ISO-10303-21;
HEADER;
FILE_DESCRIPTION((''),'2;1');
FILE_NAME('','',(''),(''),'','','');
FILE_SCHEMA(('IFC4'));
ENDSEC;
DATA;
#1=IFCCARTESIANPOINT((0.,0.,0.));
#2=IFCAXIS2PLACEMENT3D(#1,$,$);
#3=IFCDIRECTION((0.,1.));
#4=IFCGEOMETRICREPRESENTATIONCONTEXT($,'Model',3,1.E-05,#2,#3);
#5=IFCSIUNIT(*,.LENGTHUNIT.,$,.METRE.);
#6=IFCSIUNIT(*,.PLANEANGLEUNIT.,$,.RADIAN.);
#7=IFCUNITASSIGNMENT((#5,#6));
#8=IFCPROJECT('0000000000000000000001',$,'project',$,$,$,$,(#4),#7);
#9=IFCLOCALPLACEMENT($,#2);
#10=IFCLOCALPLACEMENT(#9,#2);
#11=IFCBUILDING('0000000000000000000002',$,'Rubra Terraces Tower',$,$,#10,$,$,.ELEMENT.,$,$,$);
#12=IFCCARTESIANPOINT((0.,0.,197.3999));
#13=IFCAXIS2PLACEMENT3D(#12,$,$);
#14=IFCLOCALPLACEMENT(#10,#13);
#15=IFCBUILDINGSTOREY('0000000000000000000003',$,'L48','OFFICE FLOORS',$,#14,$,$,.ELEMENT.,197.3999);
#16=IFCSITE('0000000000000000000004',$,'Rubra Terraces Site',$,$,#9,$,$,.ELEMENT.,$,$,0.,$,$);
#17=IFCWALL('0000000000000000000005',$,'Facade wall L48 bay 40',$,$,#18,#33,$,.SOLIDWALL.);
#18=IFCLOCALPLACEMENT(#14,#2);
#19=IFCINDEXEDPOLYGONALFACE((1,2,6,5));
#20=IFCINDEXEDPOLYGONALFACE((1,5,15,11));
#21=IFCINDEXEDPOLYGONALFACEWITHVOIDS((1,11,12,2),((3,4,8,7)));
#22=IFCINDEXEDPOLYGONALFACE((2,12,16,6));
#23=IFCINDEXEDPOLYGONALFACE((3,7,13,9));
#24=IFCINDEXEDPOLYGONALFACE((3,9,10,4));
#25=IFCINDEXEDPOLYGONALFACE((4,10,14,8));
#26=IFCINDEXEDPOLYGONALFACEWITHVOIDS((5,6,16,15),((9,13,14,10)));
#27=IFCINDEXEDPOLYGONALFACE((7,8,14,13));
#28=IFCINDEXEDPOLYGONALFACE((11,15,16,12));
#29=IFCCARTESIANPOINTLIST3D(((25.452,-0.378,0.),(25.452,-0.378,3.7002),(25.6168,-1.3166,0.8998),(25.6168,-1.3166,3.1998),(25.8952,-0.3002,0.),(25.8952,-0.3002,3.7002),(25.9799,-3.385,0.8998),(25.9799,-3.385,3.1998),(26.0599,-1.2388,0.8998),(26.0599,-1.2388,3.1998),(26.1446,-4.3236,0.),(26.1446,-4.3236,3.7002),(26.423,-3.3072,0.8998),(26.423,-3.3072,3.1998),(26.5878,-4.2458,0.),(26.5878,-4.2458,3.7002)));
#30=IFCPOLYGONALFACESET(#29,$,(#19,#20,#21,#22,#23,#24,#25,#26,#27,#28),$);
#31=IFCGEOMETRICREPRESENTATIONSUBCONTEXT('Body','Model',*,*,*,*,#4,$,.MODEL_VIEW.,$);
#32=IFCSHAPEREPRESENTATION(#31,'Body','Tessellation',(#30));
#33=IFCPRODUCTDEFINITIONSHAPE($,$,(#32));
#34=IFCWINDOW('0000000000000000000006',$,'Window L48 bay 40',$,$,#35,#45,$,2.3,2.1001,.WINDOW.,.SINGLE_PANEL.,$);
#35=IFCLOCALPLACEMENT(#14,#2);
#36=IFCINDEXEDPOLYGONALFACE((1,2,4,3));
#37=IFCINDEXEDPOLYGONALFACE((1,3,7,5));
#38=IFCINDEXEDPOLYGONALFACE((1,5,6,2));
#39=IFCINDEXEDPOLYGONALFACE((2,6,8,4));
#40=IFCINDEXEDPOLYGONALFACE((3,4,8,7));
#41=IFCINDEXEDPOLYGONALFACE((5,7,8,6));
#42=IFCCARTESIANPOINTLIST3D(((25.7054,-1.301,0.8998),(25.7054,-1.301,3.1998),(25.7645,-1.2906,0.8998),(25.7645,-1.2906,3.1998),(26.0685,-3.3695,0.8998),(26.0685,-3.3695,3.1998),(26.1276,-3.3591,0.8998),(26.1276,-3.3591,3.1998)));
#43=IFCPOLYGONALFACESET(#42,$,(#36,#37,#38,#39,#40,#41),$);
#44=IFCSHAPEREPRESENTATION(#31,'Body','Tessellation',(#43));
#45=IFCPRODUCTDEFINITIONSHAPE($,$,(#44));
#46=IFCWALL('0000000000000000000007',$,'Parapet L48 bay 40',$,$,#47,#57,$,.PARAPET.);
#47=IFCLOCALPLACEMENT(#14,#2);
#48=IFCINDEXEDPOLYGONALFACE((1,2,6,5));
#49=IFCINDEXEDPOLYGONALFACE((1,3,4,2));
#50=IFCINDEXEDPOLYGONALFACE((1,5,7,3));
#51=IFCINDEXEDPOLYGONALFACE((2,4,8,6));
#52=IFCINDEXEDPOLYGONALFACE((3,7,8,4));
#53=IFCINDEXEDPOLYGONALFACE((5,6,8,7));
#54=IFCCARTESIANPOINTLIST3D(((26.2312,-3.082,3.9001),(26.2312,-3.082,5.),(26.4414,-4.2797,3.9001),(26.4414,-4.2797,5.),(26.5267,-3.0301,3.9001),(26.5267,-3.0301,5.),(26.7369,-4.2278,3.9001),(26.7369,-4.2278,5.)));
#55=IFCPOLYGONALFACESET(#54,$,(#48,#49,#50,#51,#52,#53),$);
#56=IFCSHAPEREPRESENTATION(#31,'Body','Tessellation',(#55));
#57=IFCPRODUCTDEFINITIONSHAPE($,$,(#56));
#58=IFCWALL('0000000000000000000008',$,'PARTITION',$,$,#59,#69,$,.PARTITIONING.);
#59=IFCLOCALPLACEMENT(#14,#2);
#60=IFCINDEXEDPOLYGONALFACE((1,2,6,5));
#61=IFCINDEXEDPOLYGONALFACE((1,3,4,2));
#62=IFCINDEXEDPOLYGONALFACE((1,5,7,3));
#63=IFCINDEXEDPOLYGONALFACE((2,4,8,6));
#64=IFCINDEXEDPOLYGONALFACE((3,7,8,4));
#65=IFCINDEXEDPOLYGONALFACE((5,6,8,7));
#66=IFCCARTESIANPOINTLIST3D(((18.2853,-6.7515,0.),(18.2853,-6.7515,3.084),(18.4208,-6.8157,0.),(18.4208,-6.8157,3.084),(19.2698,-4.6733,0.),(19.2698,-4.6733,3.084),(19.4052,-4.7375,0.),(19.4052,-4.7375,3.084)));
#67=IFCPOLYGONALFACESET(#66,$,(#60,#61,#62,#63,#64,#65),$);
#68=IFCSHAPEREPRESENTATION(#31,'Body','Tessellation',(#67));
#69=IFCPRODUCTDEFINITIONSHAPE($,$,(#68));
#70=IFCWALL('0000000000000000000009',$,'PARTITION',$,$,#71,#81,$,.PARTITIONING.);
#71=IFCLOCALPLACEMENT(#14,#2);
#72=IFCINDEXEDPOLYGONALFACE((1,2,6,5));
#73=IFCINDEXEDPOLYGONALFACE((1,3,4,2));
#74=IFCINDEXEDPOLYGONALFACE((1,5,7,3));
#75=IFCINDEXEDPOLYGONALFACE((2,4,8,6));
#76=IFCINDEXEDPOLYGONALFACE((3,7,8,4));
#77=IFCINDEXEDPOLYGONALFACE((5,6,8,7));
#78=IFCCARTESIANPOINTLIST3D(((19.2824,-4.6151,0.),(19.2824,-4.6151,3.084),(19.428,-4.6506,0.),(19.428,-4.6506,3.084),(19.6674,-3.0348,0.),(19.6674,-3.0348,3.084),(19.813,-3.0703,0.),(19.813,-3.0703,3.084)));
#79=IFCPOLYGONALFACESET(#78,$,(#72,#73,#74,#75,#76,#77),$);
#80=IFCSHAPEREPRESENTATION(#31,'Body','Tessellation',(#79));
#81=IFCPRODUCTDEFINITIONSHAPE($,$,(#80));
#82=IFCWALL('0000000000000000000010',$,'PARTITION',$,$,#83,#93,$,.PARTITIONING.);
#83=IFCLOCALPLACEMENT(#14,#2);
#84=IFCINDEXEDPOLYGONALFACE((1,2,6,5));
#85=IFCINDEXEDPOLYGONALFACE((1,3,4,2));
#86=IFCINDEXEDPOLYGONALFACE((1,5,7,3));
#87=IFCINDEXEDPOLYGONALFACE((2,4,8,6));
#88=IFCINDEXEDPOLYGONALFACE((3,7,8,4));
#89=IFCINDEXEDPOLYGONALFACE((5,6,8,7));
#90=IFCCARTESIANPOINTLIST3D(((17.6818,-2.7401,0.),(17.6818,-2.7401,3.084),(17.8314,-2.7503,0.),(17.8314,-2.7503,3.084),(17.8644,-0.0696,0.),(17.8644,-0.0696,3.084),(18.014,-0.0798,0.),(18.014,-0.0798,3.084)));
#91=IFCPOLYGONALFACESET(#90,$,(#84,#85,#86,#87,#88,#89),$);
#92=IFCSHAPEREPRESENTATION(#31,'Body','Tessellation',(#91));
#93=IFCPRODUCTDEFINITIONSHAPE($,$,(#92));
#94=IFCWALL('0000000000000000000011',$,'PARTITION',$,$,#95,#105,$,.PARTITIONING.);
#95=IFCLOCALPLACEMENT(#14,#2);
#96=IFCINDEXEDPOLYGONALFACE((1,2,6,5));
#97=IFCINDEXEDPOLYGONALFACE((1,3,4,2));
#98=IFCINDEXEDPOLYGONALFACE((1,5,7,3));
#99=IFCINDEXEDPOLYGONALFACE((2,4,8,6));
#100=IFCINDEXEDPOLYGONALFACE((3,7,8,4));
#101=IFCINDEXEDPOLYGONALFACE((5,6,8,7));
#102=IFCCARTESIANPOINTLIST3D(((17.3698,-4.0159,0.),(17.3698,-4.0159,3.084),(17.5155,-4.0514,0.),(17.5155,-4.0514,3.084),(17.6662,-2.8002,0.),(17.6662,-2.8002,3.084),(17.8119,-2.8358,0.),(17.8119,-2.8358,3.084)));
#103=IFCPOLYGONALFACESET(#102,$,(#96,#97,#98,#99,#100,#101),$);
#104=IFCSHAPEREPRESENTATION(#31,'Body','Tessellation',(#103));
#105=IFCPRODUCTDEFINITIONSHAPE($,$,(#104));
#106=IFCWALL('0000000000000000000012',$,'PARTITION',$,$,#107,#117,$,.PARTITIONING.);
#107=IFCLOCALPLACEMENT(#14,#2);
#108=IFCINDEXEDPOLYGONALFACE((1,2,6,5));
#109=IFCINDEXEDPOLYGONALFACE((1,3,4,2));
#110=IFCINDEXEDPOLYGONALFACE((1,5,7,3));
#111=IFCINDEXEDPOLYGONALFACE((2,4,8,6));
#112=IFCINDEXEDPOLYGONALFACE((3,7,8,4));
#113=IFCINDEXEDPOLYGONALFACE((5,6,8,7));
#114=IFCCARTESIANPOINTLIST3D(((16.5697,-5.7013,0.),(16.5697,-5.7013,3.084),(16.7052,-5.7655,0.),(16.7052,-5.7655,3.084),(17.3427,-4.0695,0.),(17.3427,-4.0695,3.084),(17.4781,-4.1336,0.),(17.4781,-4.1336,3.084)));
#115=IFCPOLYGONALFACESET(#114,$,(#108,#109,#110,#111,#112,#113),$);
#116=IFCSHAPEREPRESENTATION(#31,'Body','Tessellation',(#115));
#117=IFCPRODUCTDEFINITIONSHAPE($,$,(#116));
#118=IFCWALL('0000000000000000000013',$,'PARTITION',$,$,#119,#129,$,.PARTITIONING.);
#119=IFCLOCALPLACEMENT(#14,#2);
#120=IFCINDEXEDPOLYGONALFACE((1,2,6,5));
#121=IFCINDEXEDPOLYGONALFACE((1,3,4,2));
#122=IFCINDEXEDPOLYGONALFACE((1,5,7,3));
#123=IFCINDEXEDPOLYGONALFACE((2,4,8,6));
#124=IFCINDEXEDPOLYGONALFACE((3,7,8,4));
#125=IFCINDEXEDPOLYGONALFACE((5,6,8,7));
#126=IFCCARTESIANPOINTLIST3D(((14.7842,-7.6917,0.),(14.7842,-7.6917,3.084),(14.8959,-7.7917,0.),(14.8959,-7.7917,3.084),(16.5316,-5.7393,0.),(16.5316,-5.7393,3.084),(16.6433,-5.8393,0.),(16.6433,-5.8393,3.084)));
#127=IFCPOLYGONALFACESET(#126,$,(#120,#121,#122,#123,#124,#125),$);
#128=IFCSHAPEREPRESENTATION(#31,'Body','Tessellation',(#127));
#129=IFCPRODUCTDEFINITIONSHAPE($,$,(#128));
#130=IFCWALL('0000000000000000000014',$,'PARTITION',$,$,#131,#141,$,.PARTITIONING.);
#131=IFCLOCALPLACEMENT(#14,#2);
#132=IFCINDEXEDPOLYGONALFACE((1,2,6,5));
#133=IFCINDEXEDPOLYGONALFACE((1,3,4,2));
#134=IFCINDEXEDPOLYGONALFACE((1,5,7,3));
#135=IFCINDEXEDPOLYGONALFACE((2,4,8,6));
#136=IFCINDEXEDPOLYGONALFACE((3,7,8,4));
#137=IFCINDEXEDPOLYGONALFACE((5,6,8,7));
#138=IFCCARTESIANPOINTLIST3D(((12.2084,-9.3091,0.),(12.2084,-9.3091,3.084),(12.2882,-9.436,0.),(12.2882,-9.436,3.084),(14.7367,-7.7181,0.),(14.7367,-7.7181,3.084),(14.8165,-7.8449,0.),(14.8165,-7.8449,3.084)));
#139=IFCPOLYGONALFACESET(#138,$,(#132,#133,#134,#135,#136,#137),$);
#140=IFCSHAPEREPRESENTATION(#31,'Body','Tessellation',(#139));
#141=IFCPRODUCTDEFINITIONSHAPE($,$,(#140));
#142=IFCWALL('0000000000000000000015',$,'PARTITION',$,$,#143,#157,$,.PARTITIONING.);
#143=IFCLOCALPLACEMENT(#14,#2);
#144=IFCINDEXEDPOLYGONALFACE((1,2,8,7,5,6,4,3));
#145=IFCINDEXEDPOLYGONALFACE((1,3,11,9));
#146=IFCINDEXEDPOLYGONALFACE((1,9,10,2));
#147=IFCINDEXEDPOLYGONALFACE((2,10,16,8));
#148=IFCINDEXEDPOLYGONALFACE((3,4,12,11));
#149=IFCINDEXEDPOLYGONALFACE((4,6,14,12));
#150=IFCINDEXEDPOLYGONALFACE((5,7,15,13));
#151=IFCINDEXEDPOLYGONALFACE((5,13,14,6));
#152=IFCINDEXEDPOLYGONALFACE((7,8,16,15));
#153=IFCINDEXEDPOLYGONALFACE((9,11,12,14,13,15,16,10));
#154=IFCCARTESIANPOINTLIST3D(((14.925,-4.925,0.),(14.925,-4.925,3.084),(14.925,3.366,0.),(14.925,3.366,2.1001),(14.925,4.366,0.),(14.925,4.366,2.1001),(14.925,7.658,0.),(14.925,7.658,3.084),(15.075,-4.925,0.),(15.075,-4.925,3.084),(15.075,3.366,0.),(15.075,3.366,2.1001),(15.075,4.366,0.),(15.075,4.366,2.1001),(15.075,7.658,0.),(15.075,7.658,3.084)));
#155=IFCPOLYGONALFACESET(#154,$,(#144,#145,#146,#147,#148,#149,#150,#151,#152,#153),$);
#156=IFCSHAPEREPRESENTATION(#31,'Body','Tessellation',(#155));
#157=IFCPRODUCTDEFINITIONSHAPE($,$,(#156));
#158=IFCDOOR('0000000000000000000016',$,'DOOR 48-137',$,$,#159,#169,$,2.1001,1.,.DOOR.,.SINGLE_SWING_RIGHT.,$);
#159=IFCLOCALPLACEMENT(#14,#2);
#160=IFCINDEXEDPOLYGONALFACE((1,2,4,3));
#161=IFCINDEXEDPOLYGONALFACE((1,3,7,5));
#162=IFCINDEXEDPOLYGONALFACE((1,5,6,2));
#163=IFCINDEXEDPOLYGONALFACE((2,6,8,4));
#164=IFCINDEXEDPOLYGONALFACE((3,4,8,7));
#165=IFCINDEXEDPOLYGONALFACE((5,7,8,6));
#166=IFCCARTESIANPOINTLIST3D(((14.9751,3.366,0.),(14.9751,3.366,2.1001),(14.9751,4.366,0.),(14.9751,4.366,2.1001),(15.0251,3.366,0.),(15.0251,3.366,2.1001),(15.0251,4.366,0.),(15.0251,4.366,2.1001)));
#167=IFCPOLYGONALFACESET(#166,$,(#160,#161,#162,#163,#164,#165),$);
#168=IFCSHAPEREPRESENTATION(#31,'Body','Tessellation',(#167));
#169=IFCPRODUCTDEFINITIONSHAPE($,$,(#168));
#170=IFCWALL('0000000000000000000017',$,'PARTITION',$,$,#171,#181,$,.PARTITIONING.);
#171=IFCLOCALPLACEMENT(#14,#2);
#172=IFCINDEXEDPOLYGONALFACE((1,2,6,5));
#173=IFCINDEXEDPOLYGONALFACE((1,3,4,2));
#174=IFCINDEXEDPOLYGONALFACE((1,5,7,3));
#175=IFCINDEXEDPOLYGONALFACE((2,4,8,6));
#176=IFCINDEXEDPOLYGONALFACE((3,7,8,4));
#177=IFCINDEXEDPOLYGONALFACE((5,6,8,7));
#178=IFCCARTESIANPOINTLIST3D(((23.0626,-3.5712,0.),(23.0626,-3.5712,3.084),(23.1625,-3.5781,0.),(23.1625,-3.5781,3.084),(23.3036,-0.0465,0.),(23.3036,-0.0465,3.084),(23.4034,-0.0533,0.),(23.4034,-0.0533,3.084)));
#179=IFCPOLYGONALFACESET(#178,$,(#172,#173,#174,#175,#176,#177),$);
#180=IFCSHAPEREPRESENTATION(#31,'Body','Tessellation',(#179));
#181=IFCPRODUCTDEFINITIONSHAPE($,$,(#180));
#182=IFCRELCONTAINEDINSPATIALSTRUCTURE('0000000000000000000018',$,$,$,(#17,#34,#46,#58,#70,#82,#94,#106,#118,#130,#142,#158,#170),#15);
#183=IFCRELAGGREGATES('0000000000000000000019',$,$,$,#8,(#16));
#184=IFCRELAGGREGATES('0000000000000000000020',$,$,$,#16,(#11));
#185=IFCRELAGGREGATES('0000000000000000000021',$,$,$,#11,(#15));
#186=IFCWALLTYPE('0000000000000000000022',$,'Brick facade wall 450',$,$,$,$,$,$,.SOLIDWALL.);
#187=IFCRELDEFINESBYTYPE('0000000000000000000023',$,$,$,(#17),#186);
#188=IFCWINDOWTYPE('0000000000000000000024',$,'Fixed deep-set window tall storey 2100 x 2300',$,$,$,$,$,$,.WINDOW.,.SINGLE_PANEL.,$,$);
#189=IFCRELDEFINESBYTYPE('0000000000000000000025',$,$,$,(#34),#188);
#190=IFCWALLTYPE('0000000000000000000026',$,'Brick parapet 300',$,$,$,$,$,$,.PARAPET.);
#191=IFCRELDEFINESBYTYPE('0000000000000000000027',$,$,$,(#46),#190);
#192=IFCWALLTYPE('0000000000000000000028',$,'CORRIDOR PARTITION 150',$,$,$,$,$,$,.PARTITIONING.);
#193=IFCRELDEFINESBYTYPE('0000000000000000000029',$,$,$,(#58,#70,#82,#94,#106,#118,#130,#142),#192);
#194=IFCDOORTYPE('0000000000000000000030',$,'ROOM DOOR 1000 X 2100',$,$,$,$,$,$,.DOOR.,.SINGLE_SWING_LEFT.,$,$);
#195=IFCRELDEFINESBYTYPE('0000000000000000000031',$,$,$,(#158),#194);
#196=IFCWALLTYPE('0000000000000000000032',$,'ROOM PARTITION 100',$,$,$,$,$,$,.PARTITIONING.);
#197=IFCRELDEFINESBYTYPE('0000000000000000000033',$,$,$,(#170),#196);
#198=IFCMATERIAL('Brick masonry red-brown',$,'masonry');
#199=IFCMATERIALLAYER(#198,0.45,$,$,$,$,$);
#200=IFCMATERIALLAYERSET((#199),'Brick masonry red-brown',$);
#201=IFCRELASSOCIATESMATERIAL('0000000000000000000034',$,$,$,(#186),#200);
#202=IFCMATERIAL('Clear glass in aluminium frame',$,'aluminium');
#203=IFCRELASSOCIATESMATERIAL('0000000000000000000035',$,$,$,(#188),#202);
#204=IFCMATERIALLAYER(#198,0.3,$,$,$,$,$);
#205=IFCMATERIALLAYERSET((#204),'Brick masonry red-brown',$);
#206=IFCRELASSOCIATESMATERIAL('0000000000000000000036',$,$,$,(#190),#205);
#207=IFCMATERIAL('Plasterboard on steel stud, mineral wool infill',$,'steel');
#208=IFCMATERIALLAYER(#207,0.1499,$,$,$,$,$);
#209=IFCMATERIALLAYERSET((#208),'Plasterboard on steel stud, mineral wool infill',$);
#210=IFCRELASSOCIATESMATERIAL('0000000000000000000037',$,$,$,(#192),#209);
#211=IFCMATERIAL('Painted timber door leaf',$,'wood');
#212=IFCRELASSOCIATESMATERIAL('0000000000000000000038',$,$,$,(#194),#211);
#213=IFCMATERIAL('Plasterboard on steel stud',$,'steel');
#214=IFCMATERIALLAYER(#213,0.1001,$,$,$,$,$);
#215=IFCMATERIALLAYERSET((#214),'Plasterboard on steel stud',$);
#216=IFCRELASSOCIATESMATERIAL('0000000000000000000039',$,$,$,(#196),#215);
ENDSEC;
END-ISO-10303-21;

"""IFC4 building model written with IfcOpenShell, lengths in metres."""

from ifc_helpers import new_model, si_unit, direction, frame, frame_2d, origin, place, context, subcontext, project, spatial, rectangle, extrude, material, layer, layer_set, type_object, element, fill, save


model = new_model("IFC4")

# Units and contexts
model_context = context("Model", 3, precision=1e-05, world=origin(), true_north=direction((0.0, 1.0)))
body_context = subcontext(model_context, "Body", "Model", "MODEL_VIEW")
ifc_project = project(units=[si_unit("LENGTHUNIT", "METRE"), si_unit("PLANEANGLEUNIT", "RADIAN")], contexts=[model_context])

# Site, building, storey
site_placement = place(None, origin())
site = spatial("IfcSite", under=ifc_project, at=site_placement, Name="Rubra Terraces Site", CompositionType="ELEMENT", RefElevation=0.0)
building_placement = place(site_placement, origin())
building = spatial("IfcBuilding", under=site, at=building_placement, Name="Rubra Terraces Tower", CompositionType="ELEMENT")
storey_placement = place(building_placement, frame((0.0, 0.0, 197.3999)))
storey = spatial("IfcBuildingStorey", under=building, at=storey_placement, Name="L48", Description="OFFICE FLOORS", CompositionType="ELEMENT", Elevation=197.3999)

# Wall, opening, window
ifc_material_1 = material(Name="Brick masonry red-brown", Category="masonry")
ifc_layer_1 = layer(ifc_material_1, 0.45)
ifc_layer_set_1 = layer_set([ifc_layer_1], Name="Brick masonry red-brown")
wall_type_1 = type_object("IfcWallType", Name="Brick facade wall 450", PredefinedType="SOLIDWALL", material=ifc_layer_set_1)
ifc_material_2 = material(Name="Clear glass in aluminium frame", Category="aluminium")
window_type = type_object("IfcWindowType", Name="Fixed deep-set window tall storey 2100 x 2300", PartitioningType="SINGLE_PANEL", PredefinedType="WINDOW", material=ifc_material_2)
wall_1_placement = place(storey_placement, frame((26.3662, -4.2847, 0.0), z_axis=(0.0, 0.0, 1.0), x_axis=(-0.172902, 0.984939, 0.0)))
wall_1 = element("IfcWall", 1, at=wall_1_placement, inside=storey, type_object=wall_type_1, Name="Facade wall L48 bay 40", PredefinedType="SOLIDWALL", context=body_context, shape_type="SweptSolid", body=[
    extrude(rectangle(XDim=4.0059, YDim=0.45, at=frame_2d((2.0029, 0.0))), origin(), (0.0, 0.0, 1.0), 3.7002),
])
opening_1_placement = place(wall_1_placement, frame((0.9529, 0.0, 0.8999)))
opening_1 = element("IfcOpeningElement", 2, at=opening_1_placement, cuts=wall_1, PredefinedType="OPENING", context=body_context, shape_type="SweptSolid", body=[
    extrude(rectangle(XDim=2.1001, YDim=2.3, at=frame_2d((1.05, 1.1499))), frame((0.0, 0.2349, 0.0), z_axis=(0.0, -1.0, 0.0), x_axis=(1.0, 0.0, 0.0)), (0.0, 0.0, 1.0), 0.47),
])
window_1_placement = place(opening_1_placement, origin())
window_1 = element("IfcWindow", 3, at=window_1_placement, inside=storey, type_object=window_type, Name="Window L48 bay 40", OverallHeight=2.3, OverallWidth=2.1001, PartitioningType="SINGLE_PANEL", PredefinedType="WINDOW", context=body_context, shape_type="SweptSolid", body=[
    extrude(rectangle(XDim=2.1001, YDim=2.3, at=frame_2d((1.05, 1.1499))), frame((0.0, 0.135, 0.0), z_axis=(0.0, -1.0, 0.0), x_axis=(1.0, 0.0, 0.0)), (0.0, 0.0, 1.0), 0.0601),
])
fill(opening_1, window_1)

# Walls
ifc_layer_2 = layer(ifc_material_1, 0.3)
ifc_layer_set_2 = layer_set([ifc_layer_2], Name="Brick masonry red-brown")
wall_type_2 = type_object("IfcWallType", Name="Brick parapet 300", PredefinedType="PARAPET", material=ifc_layer_set_2)
wall_2_placement = place(storey_placement, frame((26.5891, -4.2537, 3.9001), z_axis=(0.0, 0.0, 1.0), x_axis=(-0.172858, 0.984947, 0.0)))
element("IfcWall", 4, at=wall_2_placement, inside=storey, type_object=wall_type_2, Name="Parapet L48 bay 40", PredefinedType="PARAPET", context=body_context, shape_type="SweptSolid", body=[
    extrude(rectangle(XDim=1.2161, YDim=0.3, at=frame_2d((0.6079, 0.0))), origin(), (0.0, 0.0, 1.0), 1.0999),
])
ifc_material_3 = material(Name="Plasterboard on steel stud, mineral wool infill", Category="steel")
ifc_layer_3 = layer(ifc_material_3, 0.1499)
ifc_layer_set_3 = layer_set([ifc_layer_3], Name="Plasterboard on steel stud, mineral wool infill")
wall_type_3 = type_object("IfcWallType", Name="CORRIDOR PARTITION 150", PredefinedType="PARTITIONING", material=ifc_layer_set_3)
wall_3_placement = place(storey_placement, frame((18.353, -6.7837, 0.0), z_axis=(0.0, 0.0, 1.0), x_axis=(0.428086, 0.903738, 0.0)))
element("IfcWall", 5, at=wall_3_placement, inside=storey, type_object=wall_type_3, Name="PARTITION", PredefinedType="PARTITIONING", context=body_context, shape_type="SweptSolid", body=[
    extrude(rectangle(XDim=2.2996, YDim=0.1499, at=frame_2d((1.1499, 0.0))), origin(), (0.0, 0.0, 1.0), 3.084),
])
wall_4_placement = place(storey_placement, frame((19.3552, -4.6328, 0.0), z_axis=(0.0, 0.0, 1.0), x_axis=(0.236704, 0.971582, 0.0)))
element("IfcWall", 6, at=wall_4_placement, inside=storey, type_object=wall_type_3, Name="PARTITION", PredefinedType="PARTITIONING", context=body_context, shape_type="SweptSolid", body=[
    extrude(rectangle(XDim=1.6265, YDim=0.1499, at=frame_2d((0.8132, 0.0))), origin(), (0.0, 0.0, 1.0), 3.084),
])

# Walls
wall_5_placement = place(storey_placement, frame((17.9392, -0.0747, 0.0), z_axis=(0.0, 0.0, 1.0), x_axis=(-0.068226, -0.99767, 0.0)))
element("IfcWall", 7, at=wall_5_placement, inside=storey, type_object=wall_type_3, Name="PARTITION", PredefinedType="PARTITIONING", context=body_context, shape_type="SweptSolid", body=[
    extrude(rectangle(XDim=2.6768, YDim=0.1499, at=frame_2d((1.3384, 0.0))), origin(), (0.0, 0.0, 1.0), 3.084),
])
wall_6_placement = place(storey_placement, frame((17.739, -2.8181, 0.0), z_axis=(0.0, 0.0, 1.0), x_axis=(-0.236884, -0.971538, 0.0)))
element("IfcWall", 8, at=wall_6_placement, inside=storey, type_object=wall_type_3, Name="PARTITION", PredefinedType="PARTITIONING", context=body_context, shape_type="SweptSolid", body=[
    extrude(rectangle(XDim=1.2512, YDim=0.1499, at=frame_2d((0.6255, 0.0))), origin(), (0.0, 0.0, 1.0), 3.084),
])
wall_7_placement = place(storey_placement, frame((17.4104, -4.1016, 0.0), z_axis=(0.0, 0.0, 1.0), x_axis=(-0.428075, -0.903743, 0.0)))
element("IfcWall", 9, at=wall_7_placement, inside=storey, type_object=wall_type_3, Name="PARTITION", PredefinedType="PARTITIONING", context=body_context, shape_type="SweptSolid", body=[
    extrude(rectangle(XDim=1.8057, YDim=0.1499, at=frame_2d((0.9028, 0.0))), origin(), (0.0, 0.0, 1.0), 3.084),
])
wall_8_placement = place(storey_placement, frame((16.5874, -5.7893, 0.0), z_axis=(0.0, 0.0, 1.0), x_axis=(-0.666887, -0.745158, 0.0)))
element("IfcWall", 10, at=wall_8_placement, inside=storey, type_object=wall_type_3, Name="PARTITION", PredefinedType="PARTITIONING", context=body_context, shape_type="SweptSolid", body=[
    extrude(rectangle(XDim=2.6201, YDim=0.1499, at=frame_2d((1.3101, 0.0))), origin(), (0.0, 0.0, 1.0), 3.084),
])
wall_9_placement = place(storey_placement, frame((14.7766, -7.7815, 0.0), z_axis=(0.0, 0.0, 1.0), x_axis=(-0.84636, -0.532612, 0.0)))
element("IfcWall", 11, at=wall_9_placement, inside=storey, type_object=wall_type_3, Name="PARTITION", PredefinedType="PARTITIONING", context=body_context, shape_type="SweptSolid", body=[
    extrude(rectangle(XDim=2.9873, YDim=0.1499, at=frame_2d((1.4937, 0.0))), origin(), (0.0, 0.0, 1.0), 3.084),
])

# Wall, opening, door
wall_10_placement = place(storey_placement, frame((15.0, -4.925, 0.0), z_axis=(0.0, 0.0, 1.0), x_axis=(0.0, 1.0, 0.0)))
wall_10 = element("IfcWall", 12, at=wall_10_placement, inside=storey, type_object=wall_type_3, Name="PARTITION", PredefinedType="PARTITIONING", context=body_context, shape_type="SweptSolid", body=[
    extrude(rectangle(XDim=12.583, YDim=0.1499, at=frame_2d((6.2915, 0.0))), origin(), (0.0, 0.0, 1.0), 3.084),
])
opening_2_placement = place(wall_10_placement, frame((8.291, 0.0, 0.0)))
opening_2 = element("IfcOpeningElement", 13, at=opening_2_placement, cuts=wall_10, PredefinedType="OPENING", context=body_context, shape_type="SweptSolid", body=[
    extrude(rectangle(XDim=1.0, YDim=2.1001, at=frame_2d((0.5, 1.05))), frame((0.0, 0.085, 0.0), z_axis=(0.0, -1.0, 0.0), x_axis=(1.0, 0.0, 0.0)), (0.0, 0.0, 1.0), 0.1699),
])
ifc_material_4 = material(Name="Painted timber door leaf", Category="wood")
door_type_1 = type_object("IfcDoorType", Name="ROOM DOOR 1000 X 2100", OperationType="SINGLE_SWING_LEFT", PredefinedType="DOOR", material=ifc_material_4)
door_1_placement = place(opening_2_placement, origin())
door_1 = element("IfcDoor", 14, at=door_1_placement, inside=storey, type_object=door_type_1, Name="DOOR 48-137", OperationType="SINGLE_SWING_RIGHT", OverallHeight=2.1001, OverallWidth=1.0, PredefinedType="DOOR", context=body_context, shape_type="SweptSolid", body=[
    extrude(rectangle(XDim=1.0, YDim=2.1001, at=frame_2d((0.5, 1.05))), frame((0.0, 0.0249, 0.0), z_axis=(0.0, -1.0, 0.0), x_axis=(1.0, 0.0, 0.0)), (0.0, 0.0, 1.0), 0.05),
])
fill(opening_2, door_1)

# Wall
ifc_material_5 = material(Name="Plasterboard on steel stud", Category="steel")
ifc_layer_4 = layer(ifc_material_5, 0.1001)
ifc_layer_set_4 = layer_set([ifc_layer_4], Name="Plasterboard on steel stud")
wall_type_4 = type_object("IfcWallType", Name="ROOM PARTITION 100", PredefinedType="PARTITIONING", material=ifc_layer_set_4)
wall_11_placement = place(storey_placement, frame((23.3535, -0.0498, 0.0), z_axis=(0.0, 0.0, 1.0), x_axis=(-0.068207, -0.997671, 0.0)))
element("IfcWall", 15, at=wall_11_placement, inside=storey, type_object=wall_type_4, Name="PARTITION", PredefinedType="PARTITIONING", context=body_context, shape_type="SweptSolid", body=[
    extrude(rectangle(XDim=3.533, YDim=0.1001, at=frame_2d((1.7666, 0.0))), origin(), (0.0, 0.0, 1.0), 3.084),
])

save(model, "model.ifc")
